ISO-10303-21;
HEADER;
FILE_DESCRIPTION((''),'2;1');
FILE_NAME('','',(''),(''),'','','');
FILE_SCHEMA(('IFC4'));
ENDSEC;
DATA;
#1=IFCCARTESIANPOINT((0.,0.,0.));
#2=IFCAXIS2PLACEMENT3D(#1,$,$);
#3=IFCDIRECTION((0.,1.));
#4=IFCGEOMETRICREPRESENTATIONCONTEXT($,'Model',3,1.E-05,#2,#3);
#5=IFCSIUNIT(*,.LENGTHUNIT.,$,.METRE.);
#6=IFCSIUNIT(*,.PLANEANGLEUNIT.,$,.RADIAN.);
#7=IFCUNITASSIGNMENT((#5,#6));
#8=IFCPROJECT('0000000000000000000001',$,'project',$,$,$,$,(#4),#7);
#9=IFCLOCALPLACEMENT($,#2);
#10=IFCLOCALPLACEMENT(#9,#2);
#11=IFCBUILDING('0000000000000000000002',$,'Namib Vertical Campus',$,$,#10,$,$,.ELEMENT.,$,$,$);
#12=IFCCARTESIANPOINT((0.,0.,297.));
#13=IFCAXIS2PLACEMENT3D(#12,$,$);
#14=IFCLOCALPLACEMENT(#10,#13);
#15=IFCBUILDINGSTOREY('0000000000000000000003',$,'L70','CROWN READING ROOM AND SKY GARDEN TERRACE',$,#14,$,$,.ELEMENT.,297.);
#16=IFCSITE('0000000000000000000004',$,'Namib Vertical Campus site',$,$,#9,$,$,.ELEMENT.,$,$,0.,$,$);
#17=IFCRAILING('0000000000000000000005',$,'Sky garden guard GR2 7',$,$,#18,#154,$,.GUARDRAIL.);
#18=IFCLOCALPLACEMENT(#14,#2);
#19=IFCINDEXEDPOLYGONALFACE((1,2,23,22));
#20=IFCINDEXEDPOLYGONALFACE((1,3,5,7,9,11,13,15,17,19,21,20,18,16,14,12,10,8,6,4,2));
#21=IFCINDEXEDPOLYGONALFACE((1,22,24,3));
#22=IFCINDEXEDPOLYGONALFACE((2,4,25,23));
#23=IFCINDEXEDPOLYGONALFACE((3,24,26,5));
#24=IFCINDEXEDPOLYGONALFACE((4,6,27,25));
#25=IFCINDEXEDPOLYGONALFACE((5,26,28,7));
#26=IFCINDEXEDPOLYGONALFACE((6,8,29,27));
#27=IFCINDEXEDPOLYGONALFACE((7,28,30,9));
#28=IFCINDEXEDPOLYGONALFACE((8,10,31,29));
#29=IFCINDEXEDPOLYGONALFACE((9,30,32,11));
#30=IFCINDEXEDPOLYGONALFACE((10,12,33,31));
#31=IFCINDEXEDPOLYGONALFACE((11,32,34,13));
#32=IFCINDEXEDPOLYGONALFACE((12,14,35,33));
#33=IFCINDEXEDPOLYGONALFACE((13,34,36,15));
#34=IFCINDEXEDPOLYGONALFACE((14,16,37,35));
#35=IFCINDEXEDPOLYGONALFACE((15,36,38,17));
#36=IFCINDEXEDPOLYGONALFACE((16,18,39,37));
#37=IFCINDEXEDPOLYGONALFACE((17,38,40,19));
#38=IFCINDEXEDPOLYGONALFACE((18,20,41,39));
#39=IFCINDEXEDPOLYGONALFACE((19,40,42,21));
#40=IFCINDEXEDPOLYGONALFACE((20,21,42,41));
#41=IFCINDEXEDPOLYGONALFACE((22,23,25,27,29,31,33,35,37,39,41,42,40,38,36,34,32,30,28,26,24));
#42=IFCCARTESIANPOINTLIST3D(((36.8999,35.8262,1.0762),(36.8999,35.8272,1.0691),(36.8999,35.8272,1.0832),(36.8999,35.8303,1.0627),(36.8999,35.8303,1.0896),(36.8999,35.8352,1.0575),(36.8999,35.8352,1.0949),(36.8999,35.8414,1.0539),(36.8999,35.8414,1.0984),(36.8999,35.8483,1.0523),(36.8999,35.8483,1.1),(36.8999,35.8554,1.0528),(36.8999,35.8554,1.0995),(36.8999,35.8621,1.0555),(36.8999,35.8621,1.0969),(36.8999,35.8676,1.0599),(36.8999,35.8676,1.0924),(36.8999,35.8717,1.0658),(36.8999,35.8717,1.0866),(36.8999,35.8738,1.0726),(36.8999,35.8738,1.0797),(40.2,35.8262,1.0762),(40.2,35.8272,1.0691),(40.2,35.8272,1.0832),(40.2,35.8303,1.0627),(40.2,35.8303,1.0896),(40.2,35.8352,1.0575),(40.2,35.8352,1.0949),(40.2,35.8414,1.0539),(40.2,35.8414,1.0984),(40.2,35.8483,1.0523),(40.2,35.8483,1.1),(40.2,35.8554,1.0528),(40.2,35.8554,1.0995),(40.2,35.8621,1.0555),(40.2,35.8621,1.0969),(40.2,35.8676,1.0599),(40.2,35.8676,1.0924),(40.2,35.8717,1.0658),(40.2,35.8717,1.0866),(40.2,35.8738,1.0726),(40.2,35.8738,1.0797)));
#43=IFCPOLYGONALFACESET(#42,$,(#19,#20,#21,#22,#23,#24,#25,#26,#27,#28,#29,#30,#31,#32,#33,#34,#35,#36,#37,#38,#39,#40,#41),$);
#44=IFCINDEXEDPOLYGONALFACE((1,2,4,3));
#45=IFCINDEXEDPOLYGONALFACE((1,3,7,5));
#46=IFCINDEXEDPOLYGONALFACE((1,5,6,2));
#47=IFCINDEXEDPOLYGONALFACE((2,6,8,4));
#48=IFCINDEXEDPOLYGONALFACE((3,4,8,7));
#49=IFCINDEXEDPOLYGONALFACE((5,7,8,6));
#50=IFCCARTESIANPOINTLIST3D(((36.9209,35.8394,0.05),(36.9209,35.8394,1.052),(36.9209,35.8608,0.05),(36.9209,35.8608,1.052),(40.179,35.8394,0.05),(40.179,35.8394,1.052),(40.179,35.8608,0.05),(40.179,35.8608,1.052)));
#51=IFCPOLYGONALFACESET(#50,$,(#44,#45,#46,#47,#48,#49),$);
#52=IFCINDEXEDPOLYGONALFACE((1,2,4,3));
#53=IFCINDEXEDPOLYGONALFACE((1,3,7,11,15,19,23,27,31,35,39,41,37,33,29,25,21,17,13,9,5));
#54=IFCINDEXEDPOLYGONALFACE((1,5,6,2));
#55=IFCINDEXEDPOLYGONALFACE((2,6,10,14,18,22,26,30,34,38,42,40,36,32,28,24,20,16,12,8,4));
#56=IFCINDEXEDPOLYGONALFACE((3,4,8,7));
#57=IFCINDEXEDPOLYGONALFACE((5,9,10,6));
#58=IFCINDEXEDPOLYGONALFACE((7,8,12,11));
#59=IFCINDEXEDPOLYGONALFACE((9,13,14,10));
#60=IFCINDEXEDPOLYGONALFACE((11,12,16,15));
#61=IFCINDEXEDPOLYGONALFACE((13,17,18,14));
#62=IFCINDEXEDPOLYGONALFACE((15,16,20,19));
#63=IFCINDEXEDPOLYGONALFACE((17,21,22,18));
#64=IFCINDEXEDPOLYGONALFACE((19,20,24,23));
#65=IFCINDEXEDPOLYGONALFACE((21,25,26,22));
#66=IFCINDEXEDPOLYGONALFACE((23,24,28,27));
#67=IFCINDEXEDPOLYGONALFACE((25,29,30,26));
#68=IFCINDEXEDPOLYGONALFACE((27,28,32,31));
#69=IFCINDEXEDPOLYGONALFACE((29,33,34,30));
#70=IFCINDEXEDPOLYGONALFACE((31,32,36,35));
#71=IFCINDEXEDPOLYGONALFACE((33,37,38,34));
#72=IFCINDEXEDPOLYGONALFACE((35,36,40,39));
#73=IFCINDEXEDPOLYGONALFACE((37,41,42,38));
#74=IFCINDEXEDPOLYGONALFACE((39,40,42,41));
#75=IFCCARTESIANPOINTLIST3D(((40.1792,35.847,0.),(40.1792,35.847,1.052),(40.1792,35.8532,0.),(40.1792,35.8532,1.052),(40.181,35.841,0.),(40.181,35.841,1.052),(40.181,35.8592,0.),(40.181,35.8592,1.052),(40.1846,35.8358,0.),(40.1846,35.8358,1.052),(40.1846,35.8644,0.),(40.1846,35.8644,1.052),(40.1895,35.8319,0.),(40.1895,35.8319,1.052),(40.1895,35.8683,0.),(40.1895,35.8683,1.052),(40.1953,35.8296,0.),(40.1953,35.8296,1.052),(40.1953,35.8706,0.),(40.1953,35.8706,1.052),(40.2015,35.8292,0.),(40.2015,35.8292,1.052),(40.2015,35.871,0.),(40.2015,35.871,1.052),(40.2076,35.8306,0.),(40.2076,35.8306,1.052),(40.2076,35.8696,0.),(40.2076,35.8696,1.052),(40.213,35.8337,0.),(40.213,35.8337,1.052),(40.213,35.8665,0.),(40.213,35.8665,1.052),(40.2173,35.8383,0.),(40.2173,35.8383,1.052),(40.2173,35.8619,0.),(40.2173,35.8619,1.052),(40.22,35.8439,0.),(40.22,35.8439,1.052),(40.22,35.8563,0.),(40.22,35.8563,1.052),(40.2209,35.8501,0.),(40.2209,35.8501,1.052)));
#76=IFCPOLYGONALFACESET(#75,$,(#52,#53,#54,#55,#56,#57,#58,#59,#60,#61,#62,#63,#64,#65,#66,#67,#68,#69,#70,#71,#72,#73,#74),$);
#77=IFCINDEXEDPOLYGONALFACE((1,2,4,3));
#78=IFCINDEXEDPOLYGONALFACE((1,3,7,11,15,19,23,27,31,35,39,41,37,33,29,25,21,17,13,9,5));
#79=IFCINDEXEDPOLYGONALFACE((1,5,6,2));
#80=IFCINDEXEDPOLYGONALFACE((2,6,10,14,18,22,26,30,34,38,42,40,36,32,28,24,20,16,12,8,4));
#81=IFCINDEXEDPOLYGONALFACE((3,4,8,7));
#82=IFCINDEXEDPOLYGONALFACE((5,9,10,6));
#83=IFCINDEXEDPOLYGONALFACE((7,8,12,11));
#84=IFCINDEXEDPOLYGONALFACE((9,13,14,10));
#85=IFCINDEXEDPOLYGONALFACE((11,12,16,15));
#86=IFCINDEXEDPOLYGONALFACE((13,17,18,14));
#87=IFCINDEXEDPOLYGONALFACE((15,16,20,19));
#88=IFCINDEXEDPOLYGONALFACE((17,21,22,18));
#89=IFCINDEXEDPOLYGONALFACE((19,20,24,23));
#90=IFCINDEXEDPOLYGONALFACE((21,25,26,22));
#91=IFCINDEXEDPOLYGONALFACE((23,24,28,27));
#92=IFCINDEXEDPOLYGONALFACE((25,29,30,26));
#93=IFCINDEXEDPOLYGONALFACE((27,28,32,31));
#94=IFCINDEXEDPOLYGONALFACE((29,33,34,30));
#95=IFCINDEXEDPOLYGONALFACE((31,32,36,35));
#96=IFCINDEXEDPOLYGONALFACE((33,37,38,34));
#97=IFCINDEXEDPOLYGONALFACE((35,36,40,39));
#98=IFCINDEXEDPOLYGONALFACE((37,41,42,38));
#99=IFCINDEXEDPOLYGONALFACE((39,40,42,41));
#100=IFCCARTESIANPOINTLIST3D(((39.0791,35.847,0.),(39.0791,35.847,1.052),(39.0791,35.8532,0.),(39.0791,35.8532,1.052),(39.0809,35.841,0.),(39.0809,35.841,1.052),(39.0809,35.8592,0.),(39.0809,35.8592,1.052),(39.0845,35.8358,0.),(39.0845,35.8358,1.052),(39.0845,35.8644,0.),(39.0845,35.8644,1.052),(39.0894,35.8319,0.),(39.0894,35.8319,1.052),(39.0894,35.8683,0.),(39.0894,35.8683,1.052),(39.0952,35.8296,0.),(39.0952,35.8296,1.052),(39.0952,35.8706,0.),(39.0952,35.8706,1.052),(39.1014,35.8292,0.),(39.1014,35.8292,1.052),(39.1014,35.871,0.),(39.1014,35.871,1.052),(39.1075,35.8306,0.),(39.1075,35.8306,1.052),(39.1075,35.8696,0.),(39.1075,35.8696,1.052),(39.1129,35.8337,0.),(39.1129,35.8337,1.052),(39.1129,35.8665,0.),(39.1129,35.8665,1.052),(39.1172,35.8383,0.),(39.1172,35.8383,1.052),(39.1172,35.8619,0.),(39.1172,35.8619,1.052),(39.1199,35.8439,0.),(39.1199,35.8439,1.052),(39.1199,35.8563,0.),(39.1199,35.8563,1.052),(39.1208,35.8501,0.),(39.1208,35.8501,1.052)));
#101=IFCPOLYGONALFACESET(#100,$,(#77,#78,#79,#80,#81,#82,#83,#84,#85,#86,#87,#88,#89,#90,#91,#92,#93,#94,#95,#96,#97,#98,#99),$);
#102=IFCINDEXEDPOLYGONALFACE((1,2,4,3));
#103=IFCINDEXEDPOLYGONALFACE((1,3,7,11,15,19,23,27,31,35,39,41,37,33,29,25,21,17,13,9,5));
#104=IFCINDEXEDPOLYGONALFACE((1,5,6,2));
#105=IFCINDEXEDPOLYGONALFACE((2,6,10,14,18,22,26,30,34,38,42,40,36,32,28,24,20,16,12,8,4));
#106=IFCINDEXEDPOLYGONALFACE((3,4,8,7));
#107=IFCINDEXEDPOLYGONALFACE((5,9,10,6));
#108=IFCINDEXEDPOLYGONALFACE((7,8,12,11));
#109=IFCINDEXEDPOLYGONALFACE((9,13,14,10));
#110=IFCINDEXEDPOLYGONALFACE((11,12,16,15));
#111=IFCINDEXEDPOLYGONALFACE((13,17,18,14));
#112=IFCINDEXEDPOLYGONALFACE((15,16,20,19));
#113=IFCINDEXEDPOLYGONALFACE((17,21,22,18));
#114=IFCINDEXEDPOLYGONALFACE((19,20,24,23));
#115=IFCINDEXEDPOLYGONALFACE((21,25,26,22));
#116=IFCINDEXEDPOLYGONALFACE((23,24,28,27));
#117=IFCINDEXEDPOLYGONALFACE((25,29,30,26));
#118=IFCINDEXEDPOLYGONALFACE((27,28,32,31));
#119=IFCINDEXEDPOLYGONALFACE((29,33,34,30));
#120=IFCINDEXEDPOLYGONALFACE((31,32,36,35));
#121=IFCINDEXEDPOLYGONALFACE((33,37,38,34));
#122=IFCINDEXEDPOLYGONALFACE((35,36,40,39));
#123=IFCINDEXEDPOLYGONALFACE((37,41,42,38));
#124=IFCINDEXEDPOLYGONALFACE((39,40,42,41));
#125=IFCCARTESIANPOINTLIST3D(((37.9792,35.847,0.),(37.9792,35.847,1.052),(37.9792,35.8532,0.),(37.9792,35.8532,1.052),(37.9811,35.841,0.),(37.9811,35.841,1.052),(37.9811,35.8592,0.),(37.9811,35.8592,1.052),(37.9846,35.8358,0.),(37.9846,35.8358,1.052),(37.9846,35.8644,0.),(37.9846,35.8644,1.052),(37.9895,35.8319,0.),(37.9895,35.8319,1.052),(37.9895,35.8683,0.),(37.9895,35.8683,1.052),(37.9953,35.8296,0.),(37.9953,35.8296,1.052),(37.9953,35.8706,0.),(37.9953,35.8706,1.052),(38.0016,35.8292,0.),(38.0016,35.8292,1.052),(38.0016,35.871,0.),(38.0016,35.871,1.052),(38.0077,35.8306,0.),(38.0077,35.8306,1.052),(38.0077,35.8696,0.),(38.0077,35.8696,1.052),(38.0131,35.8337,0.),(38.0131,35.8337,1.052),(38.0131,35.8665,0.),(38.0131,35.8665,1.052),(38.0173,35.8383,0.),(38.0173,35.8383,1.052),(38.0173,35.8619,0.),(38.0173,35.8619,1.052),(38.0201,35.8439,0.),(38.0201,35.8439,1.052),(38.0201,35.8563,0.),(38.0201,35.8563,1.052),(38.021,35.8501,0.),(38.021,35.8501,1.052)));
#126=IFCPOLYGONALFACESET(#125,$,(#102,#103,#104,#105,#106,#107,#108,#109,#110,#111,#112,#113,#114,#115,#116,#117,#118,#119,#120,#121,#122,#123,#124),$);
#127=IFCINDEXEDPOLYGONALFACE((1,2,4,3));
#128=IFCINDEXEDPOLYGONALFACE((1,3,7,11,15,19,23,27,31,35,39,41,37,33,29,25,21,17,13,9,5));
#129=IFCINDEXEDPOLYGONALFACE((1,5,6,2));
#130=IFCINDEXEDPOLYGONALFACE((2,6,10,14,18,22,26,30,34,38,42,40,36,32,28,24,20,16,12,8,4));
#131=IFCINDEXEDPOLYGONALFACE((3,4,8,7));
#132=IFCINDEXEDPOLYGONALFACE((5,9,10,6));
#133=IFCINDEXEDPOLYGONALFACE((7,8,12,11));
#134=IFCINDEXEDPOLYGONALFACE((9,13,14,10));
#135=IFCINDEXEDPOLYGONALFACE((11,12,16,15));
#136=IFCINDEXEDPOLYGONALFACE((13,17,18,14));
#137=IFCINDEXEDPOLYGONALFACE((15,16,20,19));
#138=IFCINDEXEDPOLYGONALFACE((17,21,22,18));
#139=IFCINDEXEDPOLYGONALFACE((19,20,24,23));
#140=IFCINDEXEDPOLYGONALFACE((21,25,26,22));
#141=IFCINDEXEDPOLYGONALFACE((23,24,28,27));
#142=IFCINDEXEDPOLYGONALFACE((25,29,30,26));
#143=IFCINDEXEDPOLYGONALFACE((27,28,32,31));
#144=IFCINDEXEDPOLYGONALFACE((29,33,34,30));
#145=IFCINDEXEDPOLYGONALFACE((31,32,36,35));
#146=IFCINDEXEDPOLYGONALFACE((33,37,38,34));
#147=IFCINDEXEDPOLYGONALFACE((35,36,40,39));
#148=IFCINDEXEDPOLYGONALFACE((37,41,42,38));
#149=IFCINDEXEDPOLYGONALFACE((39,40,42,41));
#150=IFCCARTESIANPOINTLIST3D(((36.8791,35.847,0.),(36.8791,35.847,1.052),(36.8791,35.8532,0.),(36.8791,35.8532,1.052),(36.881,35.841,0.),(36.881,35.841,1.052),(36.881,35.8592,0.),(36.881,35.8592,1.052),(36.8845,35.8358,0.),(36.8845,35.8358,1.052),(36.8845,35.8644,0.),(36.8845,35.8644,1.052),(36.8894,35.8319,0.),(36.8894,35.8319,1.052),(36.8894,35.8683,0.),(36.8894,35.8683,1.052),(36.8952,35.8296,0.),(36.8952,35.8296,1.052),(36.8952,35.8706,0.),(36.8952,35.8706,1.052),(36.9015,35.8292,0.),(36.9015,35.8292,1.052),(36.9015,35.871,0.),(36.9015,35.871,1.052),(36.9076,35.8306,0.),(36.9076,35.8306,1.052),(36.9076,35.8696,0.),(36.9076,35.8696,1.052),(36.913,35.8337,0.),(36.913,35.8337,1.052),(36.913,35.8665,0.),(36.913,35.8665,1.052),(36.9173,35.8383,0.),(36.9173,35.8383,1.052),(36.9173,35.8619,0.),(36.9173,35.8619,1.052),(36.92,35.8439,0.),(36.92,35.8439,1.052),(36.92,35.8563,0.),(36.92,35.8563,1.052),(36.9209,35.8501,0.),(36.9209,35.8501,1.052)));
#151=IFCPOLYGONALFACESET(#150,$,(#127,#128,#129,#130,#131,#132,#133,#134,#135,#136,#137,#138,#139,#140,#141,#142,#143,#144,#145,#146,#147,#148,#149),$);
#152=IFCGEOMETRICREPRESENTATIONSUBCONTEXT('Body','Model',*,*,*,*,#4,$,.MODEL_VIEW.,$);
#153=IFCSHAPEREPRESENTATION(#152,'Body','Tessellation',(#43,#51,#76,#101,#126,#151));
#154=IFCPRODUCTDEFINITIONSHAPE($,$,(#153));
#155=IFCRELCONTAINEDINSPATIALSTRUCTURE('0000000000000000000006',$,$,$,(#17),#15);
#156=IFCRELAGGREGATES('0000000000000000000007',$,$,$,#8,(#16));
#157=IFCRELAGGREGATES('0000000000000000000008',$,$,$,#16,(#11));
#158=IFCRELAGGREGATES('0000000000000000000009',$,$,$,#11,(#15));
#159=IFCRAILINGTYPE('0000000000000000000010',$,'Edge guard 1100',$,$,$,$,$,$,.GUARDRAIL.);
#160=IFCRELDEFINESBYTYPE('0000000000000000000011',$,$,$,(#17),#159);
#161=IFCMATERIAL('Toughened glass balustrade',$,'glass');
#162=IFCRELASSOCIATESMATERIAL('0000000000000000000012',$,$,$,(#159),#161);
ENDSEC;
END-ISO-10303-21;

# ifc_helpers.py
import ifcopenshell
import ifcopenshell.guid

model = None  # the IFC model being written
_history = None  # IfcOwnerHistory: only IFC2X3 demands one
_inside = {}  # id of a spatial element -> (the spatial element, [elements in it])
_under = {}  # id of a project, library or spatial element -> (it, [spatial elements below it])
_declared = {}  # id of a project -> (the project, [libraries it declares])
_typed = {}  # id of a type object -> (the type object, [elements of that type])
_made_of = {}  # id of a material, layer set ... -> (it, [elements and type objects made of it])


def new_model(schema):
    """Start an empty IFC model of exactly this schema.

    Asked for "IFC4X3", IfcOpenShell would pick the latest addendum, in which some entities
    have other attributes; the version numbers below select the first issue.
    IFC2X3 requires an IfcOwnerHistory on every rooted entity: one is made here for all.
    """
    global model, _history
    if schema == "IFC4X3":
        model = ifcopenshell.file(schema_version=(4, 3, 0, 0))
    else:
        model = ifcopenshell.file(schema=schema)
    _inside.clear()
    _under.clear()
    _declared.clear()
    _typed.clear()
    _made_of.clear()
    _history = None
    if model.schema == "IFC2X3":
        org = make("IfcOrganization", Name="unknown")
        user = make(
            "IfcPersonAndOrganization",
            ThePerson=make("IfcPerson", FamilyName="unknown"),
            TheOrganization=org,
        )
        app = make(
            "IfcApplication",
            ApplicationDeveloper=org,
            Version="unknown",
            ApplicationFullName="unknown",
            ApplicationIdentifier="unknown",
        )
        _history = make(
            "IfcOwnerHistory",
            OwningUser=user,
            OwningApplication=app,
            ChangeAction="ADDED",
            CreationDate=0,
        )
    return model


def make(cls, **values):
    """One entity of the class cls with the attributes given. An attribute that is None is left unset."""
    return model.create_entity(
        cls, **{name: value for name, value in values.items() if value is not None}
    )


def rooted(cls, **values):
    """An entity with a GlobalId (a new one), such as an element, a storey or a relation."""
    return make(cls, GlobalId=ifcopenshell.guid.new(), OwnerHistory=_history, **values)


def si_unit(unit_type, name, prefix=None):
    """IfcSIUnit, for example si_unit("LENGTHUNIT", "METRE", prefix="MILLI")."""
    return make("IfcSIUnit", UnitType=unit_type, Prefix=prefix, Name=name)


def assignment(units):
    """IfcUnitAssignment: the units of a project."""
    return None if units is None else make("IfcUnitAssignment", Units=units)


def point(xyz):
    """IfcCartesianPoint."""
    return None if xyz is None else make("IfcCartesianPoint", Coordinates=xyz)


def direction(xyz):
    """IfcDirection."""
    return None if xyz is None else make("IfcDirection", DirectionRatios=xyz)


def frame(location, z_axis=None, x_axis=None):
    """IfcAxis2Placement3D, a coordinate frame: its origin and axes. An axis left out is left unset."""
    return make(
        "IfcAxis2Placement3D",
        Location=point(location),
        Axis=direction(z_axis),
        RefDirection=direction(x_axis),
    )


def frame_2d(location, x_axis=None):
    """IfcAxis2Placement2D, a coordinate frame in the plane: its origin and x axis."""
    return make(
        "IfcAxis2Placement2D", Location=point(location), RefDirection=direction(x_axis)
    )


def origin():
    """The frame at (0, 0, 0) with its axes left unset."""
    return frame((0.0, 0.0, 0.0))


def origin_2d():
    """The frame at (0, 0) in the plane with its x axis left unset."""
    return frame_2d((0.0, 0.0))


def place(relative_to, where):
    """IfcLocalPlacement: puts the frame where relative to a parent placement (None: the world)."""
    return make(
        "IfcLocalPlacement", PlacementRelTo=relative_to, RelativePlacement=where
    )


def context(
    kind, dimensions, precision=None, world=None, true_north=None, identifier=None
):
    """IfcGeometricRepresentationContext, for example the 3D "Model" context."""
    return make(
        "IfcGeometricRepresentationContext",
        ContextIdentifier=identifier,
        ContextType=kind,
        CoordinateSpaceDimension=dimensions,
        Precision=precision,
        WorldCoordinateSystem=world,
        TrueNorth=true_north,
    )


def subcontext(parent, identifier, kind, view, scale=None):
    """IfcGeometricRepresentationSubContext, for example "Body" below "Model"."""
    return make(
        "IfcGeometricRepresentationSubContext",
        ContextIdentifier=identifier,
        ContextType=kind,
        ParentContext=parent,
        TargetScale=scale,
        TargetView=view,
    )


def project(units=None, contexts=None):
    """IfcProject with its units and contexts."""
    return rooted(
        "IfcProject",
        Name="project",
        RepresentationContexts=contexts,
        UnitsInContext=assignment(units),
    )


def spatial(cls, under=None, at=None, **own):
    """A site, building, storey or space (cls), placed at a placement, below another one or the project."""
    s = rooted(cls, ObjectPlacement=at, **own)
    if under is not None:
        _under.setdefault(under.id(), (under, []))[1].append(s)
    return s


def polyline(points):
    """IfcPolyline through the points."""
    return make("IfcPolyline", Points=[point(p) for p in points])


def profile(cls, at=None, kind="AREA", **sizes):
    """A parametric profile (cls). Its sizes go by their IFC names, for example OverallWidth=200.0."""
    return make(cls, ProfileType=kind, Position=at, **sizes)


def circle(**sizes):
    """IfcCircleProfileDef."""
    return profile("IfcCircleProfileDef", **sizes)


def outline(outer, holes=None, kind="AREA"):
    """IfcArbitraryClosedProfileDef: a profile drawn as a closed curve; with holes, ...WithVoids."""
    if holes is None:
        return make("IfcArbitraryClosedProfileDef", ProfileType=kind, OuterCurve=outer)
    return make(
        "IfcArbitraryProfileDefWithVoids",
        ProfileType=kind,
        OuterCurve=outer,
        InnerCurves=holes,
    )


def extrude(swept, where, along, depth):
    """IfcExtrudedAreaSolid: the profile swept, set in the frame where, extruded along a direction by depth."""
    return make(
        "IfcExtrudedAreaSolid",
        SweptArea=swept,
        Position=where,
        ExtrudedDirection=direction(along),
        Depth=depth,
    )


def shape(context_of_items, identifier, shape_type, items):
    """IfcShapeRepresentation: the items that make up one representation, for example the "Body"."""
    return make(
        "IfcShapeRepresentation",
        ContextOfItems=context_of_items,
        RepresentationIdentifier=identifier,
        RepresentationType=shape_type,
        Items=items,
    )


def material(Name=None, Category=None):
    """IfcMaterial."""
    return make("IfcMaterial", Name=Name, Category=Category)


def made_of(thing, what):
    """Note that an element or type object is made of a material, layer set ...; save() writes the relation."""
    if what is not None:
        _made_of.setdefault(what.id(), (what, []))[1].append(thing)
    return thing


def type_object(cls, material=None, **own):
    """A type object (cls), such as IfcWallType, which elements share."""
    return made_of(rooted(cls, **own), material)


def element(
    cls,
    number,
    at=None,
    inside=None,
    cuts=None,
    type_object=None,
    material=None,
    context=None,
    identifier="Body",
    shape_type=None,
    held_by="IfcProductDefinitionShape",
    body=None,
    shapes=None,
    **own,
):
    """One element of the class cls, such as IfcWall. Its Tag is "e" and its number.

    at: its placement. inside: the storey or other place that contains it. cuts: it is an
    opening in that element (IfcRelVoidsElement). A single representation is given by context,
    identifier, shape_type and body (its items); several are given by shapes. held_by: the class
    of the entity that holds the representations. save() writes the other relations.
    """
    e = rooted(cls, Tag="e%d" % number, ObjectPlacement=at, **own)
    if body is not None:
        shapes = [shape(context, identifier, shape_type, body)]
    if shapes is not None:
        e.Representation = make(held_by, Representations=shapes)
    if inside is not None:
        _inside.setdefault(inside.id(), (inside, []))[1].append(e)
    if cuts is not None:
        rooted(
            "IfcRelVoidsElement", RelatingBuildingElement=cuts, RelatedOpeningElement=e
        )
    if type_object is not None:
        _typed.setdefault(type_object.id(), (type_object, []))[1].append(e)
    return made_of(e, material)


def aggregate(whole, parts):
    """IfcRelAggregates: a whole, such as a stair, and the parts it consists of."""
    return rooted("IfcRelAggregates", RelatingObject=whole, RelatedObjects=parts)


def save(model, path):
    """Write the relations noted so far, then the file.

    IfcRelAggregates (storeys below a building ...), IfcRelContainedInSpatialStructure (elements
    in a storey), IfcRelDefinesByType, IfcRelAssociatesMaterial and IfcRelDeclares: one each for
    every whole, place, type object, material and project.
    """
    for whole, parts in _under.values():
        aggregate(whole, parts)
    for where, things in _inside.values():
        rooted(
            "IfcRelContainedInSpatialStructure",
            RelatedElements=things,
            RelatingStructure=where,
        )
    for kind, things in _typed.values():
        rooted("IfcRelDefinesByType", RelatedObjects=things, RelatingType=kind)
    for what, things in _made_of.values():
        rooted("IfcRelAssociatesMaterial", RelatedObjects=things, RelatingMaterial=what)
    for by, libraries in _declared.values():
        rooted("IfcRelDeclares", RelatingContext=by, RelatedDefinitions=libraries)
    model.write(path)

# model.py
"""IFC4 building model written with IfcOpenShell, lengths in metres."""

from ifc_helpers import new_model, si_unit, direction, frame, origin, origin_2d, place, context, subcontext, project, spatial, polyline, circle, outline, extrude, material, type_object, element, save


model = new_model("IFC4")

# Units and contexts
model_context = context("Model", 3, precision=1e-05, world=origin(), true_north=direction((0.0, 1.0)))
body_context = subcontext(model_context, "Body", "Model", "MODEL_VIEW")
ifc_project = project(units=[si_unit("LENGTHUNIT", "METRE"), si_unit("PLANEANGLEUNIT", "RADIAN")], contexts=[model_context])

# Site, building, storey
site_placement = place(None, origin())
site = spatial("IfcSite", under=ifc_project, at=site_placement, Name="Namib Vertical Campus site", CompositionType="ELEMENT", RefElevation=0.0)
building_placement = place(site_placement, origin())
building = spatial("IfcBuilding", under=site, at=building_placement, Name="Namib Vertical Campus", CompositionType="ELEMENT")
storey_placement = place(building_placement, frame((0.0, 0.0, 297.0)))
storey = spatial("IfcBuildingStorey", under=building, at=storey_placement, Name="L70", Description="CROWN READING ROOM AND SKY GARDEN TERRACE", CompositionType="ELEMENT", Elevation=297.0)

# Railing
ifc_material_1 = material(Name="Toughened glass balustrade", Category="glass")
railing_type = type_object("IfcRailingType", Name="Edge guard 1100", PredefinedType="GUARDRAIL", material=ifc_material_1)
railing_1_placement = place(storey_placement, frame((40.2, 35.8501, 0.0)))
element("IfcRailing", 1, at=railing_1_placement, inside=storey, type_object=railing_type, Name="Sky garden guard GR2 7", PredefinedType="GUARDRAIL", context=body_context, shape_type="SweptSolid", body=[
    extrude(circle(Radius=0.0239, at=origin_2d()), frame((0.0, 0.0, 1.0762), z_axis=(-1.0, 0.0, 0.0), x_axis=(0.0, -1.0, 0.0)), (0.0, 0.0, 1.0), 3.3),
    extrude(outline(polyline([(0.021, 0.05), (3.2791, 0.05), (3.2791, 1.052), (0.021, 1.052), (0.021, 0.05)])), frame((0.0, -0.0107, 0.0), z_axis=(0.0, 1.0, 0.0), x_axis=(-1.0, 0.0, 0.0)), (0.0, 0.0, 1.0), 0.0215),
    extrude(circle(Radius=0.021, at=origin_2d()), origin(), (0.0, 0.0, 1.0), 1.052),
    extrude(circle(Radius=0.021, at=origin_2d()), frame((-1.1001, 0.0, 0.0)), (0.0, 0.0, 1.0), 1.052),
    extrude(circle(Radius=0.021, at=origin_2d()), frame((-2.2, 0.0, 0.0)), (0.0, 0.0, 1.0), 1.052),
    extrude(circle(Radius=0.021, at=origin_2d()), frame((-3.3, 0.0, 0.0)), (0.0, 0.0, 1.0), 1.052),
])

save(model, "model.ifc")
